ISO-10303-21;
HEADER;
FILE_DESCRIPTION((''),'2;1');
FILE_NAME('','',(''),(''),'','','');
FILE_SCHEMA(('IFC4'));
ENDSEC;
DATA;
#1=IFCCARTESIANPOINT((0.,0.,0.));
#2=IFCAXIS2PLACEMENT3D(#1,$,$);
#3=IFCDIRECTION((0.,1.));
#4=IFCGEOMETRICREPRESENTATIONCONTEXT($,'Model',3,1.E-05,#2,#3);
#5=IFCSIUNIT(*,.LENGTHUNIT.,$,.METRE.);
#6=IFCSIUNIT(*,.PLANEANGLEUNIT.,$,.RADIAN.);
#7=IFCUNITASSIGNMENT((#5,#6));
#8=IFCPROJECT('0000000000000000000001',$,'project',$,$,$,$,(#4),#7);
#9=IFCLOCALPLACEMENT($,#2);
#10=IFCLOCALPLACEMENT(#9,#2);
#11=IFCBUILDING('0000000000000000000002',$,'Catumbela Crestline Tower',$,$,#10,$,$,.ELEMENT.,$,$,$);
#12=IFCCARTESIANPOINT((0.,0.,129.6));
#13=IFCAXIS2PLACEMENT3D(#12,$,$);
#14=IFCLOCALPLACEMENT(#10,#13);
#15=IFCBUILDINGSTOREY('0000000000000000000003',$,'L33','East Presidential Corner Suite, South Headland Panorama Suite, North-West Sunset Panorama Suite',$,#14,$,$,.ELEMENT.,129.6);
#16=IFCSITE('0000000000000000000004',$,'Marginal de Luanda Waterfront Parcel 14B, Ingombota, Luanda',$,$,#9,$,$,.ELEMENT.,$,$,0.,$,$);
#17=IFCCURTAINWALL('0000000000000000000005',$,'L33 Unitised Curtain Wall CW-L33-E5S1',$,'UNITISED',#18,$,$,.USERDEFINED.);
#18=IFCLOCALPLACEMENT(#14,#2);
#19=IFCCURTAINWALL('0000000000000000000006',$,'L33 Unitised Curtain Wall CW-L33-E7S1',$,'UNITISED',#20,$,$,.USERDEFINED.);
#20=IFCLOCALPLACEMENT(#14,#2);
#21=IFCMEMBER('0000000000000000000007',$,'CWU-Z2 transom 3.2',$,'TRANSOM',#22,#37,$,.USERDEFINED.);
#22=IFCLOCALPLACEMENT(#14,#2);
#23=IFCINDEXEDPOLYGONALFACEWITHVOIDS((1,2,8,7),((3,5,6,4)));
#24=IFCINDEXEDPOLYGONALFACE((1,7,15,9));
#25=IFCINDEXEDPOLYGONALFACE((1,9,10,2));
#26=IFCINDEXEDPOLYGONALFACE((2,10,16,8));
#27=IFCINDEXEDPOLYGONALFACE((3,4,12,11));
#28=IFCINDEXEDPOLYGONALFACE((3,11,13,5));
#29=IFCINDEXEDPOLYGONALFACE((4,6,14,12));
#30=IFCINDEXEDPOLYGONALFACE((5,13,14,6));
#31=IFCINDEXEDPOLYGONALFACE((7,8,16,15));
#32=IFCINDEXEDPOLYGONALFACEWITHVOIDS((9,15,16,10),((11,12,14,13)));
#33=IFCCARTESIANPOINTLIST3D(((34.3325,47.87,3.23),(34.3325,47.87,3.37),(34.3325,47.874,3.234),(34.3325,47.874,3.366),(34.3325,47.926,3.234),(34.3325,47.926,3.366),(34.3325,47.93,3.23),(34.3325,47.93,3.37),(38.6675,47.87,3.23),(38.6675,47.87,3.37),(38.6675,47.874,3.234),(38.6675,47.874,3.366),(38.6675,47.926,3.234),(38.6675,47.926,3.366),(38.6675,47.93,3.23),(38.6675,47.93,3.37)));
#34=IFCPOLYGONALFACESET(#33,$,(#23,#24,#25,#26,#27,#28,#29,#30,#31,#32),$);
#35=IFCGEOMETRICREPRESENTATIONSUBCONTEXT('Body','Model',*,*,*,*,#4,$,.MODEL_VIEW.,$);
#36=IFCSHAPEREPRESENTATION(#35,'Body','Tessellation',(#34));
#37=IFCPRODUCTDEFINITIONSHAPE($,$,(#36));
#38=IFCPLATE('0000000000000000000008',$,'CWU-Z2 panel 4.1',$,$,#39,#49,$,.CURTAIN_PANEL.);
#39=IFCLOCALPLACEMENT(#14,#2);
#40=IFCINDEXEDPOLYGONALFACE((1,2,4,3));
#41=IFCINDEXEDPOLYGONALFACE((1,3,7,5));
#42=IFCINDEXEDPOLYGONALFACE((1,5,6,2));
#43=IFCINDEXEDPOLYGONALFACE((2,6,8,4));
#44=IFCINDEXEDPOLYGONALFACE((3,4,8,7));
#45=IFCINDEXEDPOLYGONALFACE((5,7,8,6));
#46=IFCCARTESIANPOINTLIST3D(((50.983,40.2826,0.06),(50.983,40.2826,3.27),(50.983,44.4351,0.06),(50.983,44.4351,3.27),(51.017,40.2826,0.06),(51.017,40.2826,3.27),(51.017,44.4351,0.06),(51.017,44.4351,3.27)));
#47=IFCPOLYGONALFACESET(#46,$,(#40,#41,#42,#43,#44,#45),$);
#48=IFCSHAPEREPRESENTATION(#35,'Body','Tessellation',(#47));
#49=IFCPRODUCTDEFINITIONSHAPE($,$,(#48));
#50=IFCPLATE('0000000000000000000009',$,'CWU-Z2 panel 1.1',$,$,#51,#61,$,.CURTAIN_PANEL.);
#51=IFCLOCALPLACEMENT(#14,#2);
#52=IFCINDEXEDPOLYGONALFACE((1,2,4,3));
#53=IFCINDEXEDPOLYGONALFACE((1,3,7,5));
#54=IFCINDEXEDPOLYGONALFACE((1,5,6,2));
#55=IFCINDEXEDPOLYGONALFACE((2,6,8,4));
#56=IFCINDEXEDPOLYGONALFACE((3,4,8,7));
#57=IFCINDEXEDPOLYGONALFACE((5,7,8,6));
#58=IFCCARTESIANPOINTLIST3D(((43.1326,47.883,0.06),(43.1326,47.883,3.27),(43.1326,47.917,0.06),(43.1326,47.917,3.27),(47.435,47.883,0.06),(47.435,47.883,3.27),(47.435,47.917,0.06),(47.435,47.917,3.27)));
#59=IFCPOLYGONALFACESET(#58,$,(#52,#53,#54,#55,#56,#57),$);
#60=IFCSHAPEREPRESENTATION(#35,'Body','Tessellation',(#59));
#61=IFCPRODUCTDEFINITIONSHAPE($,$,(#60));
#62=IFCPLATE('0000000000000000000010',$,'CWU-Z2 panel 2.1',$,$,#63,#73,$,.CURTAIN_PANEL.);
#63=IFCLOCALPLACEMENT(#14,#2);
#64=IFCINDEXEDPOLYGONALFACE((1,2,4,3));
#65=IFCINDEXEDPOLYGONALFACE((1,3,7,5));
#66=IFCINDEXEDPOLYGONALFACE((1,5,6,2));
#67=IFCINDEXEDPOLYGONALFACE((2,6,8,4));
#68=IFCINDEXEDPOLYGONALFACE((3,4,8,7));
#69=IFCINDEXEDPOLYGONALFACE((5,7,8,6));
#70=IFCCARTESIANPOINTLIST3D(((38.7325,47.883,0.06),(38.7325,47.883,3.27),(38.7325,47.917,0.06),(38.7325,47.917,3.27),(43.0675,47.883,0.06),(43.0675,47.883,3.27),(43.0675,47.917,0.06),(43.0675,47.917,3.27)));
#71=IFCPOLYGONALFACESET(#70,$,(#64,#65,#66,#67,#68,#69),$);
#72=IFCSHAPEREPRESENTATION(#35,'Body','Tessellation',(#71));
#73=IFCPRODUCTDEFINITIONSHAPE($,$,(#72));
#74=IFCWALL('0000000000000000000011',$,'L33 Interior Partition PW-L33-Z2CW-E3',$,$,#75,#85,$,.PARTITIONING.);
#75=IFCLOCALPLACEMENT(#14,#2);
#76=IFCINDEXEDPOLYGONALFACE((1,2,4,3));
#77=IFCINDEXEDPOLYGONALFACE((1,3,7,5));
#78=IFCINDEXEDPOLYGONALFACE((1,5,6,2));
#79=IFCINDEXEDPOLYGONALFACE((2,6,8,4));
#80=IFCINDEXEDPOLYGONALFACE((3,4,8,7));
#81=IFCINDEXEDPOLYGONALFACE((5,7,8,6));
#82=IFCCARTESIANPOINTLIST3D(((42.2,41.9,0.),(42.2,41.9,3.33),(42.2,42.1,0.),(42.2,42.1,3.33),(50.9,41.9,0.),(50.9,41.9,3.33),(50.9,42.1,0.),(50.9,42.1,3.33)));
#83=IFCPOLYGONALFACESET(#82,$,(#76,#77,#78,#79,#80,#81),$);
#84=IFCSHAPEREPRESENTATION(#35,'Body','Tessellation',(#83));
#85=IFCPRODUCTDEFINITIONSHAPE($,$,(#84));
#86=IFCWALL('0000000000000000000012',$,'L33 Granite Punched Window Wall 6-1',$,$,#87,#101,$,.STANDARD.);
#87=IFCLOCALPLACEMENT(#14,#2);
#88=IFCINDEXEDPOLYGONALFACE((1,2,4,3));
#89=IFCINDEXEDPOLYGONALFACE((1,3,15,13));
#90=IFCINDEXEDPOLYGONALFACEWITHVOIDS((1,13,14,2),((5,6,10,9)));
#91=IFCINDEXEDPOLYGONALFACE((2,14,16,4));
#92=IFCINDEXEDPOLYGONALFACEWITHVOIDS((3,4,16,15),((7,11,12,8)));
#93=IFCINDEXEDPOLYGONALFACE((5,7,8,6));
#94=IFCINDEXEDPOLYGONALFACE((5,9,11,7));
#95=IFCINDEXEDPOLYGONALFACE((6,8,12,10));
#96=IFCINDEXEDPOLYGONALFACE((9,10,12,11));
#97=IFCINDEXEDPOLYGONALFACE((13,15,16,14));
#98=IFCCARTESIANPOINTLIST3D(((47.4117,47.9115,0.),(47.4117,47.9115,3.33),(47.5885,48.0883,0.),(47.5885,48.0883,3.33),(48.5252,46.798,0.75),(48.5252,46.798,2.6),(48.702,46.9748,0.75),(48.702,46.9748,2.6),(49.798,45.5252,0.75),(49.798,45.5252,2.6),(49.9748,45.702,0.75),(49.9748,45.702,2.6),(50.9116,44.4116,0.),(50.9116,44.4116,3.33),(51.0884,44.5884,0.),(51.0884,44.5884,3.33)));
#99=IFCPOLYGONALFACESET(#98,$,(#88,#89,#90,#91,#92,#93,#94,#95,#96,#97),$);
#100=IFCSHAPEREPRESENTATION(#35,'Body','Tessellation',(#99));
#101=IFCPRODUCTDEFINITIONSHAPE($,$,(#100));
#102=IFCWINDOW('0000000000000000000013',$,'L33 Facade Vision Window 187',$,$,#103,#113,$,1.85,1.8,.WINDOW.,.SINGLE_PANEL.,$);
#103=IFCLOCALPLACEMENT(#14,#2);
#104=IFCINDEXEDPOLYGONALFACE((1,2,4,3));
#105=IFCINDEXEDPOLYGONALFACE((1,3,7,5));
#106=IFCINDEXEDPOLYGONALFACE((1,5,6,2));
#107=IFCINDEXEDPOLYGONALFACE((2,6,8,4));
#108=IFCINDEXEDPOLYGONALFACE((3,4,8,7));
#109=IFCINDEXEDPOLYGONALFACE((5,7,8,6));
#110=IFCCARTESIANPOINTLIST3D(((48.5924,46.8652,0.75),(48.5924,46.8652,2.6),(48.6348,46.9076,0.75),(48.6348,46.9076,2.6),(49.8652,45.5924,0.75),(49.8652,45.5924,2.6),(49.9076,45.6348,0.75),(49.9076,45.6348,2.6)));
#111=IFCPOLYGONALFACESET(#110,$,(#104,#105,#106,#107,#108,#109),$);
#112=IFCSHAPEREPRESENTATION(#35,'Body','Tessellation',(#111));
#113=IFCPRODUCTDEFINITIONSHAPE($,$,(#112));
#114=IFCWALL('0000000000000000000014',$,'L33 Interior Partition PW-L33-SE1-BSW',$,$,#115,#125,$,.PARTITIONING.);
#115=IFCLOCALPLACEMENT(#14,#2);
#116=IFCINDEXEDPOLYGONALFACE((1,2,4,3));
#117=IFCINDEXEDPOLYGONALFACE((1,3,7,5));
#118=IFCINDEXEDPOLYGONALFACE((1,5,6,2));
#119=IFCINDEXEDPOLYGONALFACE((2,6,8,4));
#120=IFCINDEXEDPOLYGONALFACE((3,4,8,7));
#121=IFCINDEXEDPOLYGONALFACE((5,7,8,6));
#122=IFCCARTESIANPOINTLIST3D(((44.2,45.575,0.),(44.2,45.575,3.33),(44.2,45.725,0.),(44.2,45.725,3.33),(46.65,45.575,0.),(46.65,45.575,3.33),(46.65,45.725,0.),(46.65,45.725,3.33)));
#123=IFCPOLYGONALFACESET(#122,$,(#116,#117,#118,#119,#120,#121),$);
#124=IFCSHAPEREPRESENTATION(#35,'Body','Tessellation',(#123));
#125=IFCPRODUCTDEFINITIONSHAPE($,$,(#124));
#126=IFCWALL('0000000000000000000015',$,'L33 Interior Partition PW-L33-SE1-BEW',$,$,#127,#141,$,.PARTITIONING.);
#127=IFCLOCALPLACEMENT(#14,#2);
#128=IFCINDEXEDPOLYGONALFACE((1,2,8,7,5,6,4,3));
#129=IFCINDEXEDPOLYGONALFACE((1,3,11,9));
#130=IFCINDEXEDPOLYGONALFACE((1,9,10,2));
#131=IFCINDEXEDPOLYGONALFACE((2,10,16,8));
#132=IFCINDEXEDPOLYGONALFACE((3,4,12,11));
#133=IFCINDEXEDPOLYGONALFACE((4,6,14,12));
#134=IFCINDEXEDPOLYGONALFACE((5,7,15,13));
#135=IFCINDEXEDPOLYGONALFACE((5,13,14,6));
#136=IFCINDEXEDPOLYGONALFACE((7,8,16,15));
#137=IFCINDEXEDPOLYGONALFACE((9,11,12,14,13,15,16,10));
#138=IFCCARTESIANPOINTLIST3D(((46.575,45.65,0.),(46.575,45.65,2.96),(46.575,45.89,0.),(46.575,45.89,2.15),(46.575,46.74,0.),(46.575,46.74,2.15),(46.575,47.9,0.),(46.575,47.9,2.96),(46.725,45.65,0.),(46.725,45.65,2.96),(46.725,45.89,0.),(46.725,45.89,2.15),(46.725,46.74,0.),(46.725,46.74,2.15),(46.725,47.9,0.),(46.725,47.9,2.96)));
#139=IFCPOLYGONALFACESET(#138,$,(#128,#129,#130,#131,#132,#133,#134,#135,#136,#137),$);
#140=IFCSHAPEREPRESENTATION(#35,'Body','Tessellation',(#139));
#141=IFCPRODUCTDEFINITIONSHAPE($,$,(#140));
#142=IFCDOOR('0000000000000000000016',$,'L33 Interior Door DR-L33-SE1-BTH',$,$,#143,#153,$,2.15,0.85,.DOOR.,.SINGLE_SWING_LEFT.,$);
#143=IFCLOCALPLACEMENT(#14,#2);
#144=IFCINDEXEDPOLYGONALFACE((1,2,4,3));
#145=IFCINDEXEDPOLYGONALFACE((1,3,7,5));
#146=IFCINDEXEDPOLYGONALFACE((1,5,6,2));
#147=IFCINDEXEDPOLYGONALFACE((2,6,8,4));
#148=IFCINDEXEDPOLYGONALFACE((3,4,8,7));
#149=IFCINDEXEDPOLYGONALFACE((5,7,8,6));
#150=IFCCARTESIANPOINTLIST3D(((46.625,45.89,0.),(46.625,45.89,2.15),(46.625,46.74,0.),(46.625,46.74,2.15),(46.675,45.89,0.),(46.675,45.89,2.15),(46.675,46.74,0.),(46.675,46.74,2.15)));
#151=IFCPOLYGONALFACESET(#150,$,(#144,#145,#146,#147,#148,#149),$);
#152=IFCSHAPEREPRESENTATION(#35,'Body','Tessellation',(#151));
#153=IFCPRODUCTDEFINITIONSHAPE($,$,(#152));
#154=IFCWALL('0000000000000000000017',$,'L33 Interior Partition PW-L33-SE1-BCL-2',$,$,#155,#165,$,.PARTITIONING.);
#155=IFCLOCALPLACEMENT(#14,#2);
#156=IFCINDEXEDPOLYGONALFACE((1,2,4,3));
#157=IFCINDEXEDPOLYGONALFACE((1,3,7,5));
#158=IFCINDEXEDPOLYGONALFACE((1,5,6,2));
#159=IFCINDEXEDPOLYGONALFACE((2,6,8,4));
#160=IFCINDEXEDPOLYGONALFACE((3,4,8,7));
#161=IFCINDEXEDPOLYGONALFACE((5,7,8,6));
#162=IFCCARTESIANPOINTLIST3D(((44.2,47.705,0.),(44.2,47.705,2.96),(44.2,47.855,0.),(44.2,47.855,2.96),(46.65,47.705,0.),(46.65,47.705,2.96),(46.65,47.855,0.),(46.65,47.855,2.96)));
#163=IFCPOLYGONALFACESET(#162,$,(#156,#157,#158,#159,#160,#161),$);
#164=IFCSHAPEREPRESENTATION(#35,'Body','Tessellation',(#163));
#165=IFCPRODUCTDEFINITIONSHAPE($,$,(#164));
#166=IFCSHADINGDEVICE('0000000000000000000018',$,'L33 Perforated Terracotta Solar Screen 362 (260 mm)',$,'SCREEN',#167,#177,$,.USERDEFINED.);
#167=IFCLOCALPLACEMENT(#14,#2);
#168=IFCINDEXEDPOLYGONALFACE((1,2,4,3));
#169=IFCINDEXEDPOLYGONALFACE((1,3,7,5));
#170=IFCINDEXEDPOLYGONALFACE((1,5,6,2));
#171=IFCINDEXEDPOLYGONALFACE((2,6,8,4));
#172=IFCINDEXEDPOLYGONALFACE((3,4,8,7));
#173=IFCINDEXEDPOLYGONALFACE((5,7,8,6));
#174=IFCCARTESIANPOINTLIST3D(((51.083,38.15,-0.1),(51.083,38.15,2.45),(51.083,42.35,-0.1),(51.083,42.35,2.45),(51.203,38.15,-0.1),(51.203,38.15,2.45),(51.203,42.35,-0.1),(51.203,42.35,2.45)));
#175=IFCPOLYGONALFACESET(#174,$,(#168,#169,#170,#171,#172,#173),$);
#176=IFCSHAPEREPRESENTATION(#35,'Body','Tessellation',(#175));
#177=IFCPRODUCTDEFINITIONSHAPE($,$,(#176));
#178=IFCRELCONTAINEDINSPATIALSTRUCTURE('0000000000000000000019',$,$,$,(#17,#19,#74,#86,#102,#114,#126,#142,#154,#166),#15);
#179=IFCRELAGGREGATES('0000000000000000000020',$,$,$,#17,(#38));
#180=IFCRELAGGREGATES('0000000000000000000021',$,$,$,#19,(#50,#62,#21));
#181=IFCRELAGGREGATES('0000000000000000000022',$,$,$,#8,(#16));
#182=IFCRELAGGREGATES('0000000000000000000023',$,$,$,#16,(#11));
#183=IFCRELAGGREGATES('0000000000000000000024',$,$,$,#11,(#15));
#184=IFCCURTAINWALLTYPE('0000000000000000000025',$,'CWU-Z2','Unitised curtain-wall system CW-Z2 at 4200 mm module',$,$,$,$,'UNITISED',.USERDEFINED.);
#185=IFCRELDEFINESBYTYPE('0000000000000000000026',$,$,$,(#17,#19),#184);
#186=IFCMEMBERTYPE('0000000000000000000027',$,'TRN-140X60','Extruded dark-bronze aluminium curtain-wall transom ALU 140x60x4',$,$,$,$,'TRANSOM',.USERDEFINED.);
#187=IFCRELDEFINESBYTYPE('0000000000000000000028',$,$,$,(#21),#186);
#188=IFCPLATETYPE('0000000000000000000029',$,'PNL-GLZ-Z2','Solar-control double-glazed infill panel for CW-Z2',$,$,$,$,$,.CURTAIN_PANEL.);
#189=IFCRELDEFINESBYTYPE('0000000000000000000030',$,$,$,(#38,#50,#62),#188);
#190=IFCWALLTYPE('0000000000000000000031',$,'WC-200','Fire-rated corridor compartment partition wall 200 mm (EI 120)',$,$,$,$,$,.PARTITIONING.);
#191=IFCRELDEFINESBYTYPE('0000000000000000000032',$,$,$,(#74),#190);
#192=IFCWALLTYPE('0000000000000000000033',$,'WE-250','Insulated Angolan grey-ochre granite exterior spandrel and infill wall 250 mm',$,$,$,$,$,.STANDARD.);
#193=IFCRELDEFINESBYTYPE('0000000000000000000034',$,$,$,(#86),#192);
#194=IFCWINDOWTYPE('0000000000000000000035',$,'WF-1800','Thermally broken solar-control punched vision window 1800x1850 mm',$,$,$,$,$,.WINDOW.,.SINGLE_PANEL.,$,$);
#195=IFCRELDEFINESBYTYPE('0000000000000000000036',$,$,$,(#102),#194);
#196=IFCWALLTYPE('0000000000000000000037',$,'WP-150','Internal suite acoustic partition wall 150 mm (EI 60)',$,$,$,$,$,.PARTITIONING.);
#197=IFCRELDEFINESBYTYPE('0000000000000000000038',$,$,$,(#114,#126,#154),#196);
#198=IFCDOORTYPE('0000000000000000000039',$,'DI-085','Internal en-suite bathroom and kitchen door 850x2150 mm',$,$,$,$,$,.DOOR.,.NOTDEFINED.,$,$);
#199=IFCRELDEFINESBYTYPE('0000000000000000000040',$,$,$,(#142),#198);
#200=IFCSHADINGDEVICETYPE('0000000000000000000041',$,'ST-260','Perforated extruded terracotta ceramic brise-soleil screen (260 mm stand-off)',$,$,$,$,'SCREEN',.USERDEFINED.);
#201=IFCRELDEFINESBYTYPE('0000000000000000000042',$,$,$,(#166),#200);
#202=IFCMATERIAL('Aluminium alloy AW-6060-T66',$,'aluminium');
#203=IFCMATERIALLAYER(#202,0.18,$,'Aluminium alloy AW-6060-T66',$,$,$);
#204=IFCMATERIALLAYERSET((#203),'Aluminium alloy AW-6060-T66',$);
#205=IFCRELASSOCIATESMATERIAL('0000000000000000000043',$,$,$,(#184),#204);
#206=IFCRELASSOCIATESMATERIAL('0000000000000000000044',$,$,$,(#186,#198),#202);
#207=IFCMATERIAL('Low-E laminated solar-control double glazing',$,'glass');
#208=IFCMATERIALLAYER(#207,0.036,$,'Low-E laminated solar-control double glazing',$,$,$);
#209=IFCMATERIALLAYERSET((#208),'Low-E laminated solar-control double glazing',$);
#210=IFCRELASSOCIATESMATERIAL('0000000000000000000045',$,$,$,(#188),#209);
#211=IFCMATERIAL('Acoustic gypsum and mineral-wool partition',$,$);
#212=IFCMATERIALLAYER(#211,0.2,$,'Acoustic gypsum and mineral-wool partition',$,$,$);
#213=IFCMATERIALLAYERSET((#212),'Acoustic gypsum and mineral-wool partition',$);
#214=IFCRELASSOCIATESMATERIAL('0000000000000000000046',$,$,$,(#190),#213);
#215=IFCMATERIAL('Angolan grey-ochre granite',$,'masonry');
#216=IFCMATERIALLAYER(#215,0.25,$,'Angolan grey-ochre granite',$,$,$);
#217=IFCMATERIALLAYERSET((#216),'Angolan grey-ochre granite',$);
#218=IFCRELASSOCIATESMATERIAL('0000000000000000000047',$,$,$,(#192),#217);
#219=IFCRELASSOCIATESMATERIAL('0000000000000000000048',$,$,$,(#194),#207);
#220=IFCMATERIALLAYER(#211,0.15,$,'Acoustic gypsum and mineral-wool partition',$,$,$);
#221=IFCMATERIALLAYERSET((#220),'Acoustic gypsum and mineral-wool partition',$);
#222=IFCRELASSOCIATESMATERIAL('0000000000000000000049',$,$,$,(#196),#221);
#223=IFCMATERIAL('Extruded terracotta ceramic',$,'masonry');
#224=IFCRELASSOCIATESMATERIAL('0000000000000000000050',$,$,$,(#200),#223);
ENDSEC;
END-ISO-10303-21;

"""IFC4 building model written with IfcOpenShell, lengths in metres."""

from ifc_helpers import new_model, si_unit, direction, frame, frame_2d, origin, origin_2d, place, context, subcontext, project, spatial, rectangle, hollow_rectangle, extrude, material, layer, layer_set, material_profile, profile_set, type_object, element, fill, aggregate, save


model = new_model("IFC4")

# Units and contexts
model_context = context("Model", 3, precision=1e-05, world=origin(), true_north=direction((0.0, 1.0)))
body_context = subcontext(model_context, "Body", "Model", "MODEL_VIEW")
ifc_project = project(units=[si_unit("LENGTHUNIT", "METRE"), si_unit("PLANEANGLEUNIT", "RADIAN")], contexts=[model_context])

# Site, building, storey
site_placement = place(None, origin())
site = spatial("IfcSite", under=ifc_project, at=site_placement, Name="Marginal de Luanda Waterfront Parcel 14B, Ingombota, Luanda", CompositionType="ELEMENT", RefElevation=0.0)
building_placement = place(site_placement, origin())
building = spatial("IfcBuilding", under=site, at=building_placement, Name="Catumbela Crestline Tower", CompositionType="ELEMENT")
storey_placement = place(building_placement, frame((0.0, 0.0, 129.6)))
storey = spatial("IfcBuildingStorey", under=building, at=storey_placement, Name="L33", Description="East Presidential Corner Suite, South Headland Panorama Suite, North-West Sunset Panorama Suite", CompositionType="ELEMENT", Elevation=129.6)

# Curtain walls
ifc_material_1 = material(Name="Aluminium alloy AW-6060-T66", Category="aluminium")
ifc_layer_1 = layer(ifc_material_1, 0.18, Name="Aluminium alloy AW-6060-T66")
ifc_layer_set_1 = layer_set([ifc_layer_1], Name="Aluminium alloy AW-6060-T66")
curtain_wall_type = type_object("IfcCurtainWallType", Name="CWU-Z2", Description="Unitised curtain-wall system CW-Z2 at 4200 mm module", ElementType="UNITISED", PredefinedType="USERDEFINED", material=ifc_layer_set_1)
curtain_wall_1_placement = place(storey_placement, origin())
curtain_wall_1 = element("IfcCurtainWall", 1, at=curtain_wall_1_placement, inside=storey, type_object=curtain_wall_type, Name="L33 Unitised Curtain Wall CW-L33-E5S1", ObjectType="UNITISED", PredefinedType="USERDEFINED")
curtain_wall_2_placement = place(storey_placement, origin())
curtain_wall_2 = element("IfcCurtainWall", 2, at=curtain_wall_2_placement, inside=storey, type_object=curtain_wall_type, Name="L33 Unitised Curtain Wall CW-L33-E7S1", ObjectType="UNITISED", PredefinedType="USERDEFINED")

# Member
ifc_material_profile_1 = material_profile(ifc_material_1, hollow_rectangle(XDim=0.06, YDim=0.14, WallThickness=0.004, at=origin_2d()), Name="ALU 140x60x4")
ifc_profile_set_1 = profile_set([ifc_material_profile_1], Name="Aluminium alloy AW-6060-T66")
member_type_1 = type_object("IfcMemberType", Name="TRN-140X60", Description="Extruded dark-bronze aluminium curtain-wall transom ALU 140x60x4", ElementType="TRANSOM", PredefinedType="USERDEFINED", material=ifc_profile_set_1)
member_1_placement = place(storey_placement, frame((38.6675, 47.9, 3.3), z_axis=(-1.0, 0.0, 0.0), x_axis=(0.0, -1.0, 0.0)))
member_1 = element("IfcMember", 3, at=member_1_placement, type_object=member_type_1, Name="CWU-Z2 transom 3.2", ObjectType="TRANSOM", PredefinedType="USERDEFINED", context=body_context, shape_type="SweptSolid", body=[
    extrude(hollow_rectangle(XDim=0.06, YDim=0.14, WallThickness=0.004, at=origin_2d()), origin(), (0.0, 0.0, 1.0), 4.335),
])

# Plates
ifc_material_2 = material(Name="Low-E laminated solar-control double glazing", Category="glass")
ifc_layer_2 = layer(ifc_material_2, 0.036, Name="Low-E laminated solar-control double glazing")
ifc_layer_set_2 = layer_set([ifc_layer_2], Name="Low-E laminated solar-control double glazing")
plate_type = type_object("IfcPlateType", Name="PNL-GLZ-Z2", Description="Solar-control double-glazed infill panel for CW-Z2", PredefinedType="CURTAIN_PANEL", material=ifc_layer_set_2)
plate_1_placement = place(storey_placement, frame((51.0, 42.3588, 0.06), z_axis=(0.0, 0.0, 1.0), x_axis=(0.0, 1.0, 0.0)))
plate_1 = element("IfcPlate", 4, at=plate_1_placement, type_object=plate_type, Name="CWU-Z2 panel 4.1", PredefinedType="CURTAIN_PANEL", context=body_context, shape_type="SweptSolid", body=[
    extrude(rectangle(XDim=4.1525, YDim=0.034, at=origin_2d()), origin(), (0.0, 0.0, 1.0), 3.21),
])
aggregate(curtain_wall_1, [plate_1])
plate_2_placement = place(storey_placement, frame((45.2838, 47.9, 0.06), z_axis=(0.0, 0.0, 1.0), x_axis=(-1.0, 0.0, 0.0)))
plate_2 = element("IfcPlate", 5, at=plate_2_placement, type_object=plate_type, Name="CWU-Z2 panel 1.1", PredefinedType="CURTAIN_PANEL", context=body_context, shape_type="SweptSolid", body=[
    extrude(rectangle(XDim=4.3025, YDim=0.034, at=origin_2d()), origin(), (0.0, 0.0, 1.0), 3.21),
])
plate_3_placement = place(storey_placement, frame((40.9, 47.9, 0.06), z_axis=(0.0, 0.0, 1.0), x_axis=(-1.0, 0.0, 0.0)))
plate_3 = element("IfcPlate", 6, at=plate_3_placement, type_object=plate_type, Name="CWU-Z2 panel 2.1", PredefinedType="CURTAIN_PANEL", context=body_context, shape_type="SweptSolid", body=[
    extrude(rectangle(XDim=4.335, YDim=0.034, at=origin_2d()), origin(), (0.0, 0.0, 1.0), 3.21),
])
aggregate(curtain_wall_2, [plate_2, plate_3, member_1])

# Wall
ifc_material_3 = material(Name="Acoustic gypsum and mineral-wool partition")
ifc_layer_3 = layer(ifc_material_3, 0.2, Name="Acoustic gypsum and mineral-wool partition")
ifc_layer_set_3 = layer_set([ifc_layer_3], Name="Acoustic gypsum and mineral-wool partition")
wall_type_1 = type_object("IfcWallType", Name="WC-200", Description="Fire-rated corridor compartment partition wall 200 mm (EI 120)", PredefinedType="PARTITIONING", material=ifc_layer_set_3)
wall_1_placement = place(storey_placement, frame((42.2, 42.0, 0.0), z_axis=(0.0, 0.0, 1.0), x_axis=(1.0, 0.0, 0.0)))
element("IfcWall", 7, at=wall_1_placement, inside=storey, type_object=wall_type_1, Name="L33 Interior Partition PW-L33-Z2CW-E3", PredefinedType="PARTITIONING", context=body_context, shape_type="SweptSolid", body=[
    extrude(rectangle(XDim=8.7, YDim=0.2, at=frame_2d((4.35, 0.0))), origin(), (0.0, 0.0, 1.0), 3.33),
])

# Wall, opening, window
ifc_material_4 = material(Name="Angolan grey-ochre granite", Category="masonry")
ifc_layer_4 = layer(ifc_material_4, 0.25, Name="Angolan grey-ochre granite")
ifc_layer_set_4 = layer_set([ifc_layer_4], Name="Angolan grey-ochre granite")
wall_type_2 = type_object("IfcWallType", Name="WE-250", Description="Insulated Angolan grey-ochre granite exterior spandrel and infill wall 250 mm", PredefinedType="STANDARD", material=ifc_layer_set_4)
wall_2_placement = place(storey_placement, frame((51.0, 44.5, 0.0), z_axis=(0.0, 0.0, 1.0), x_axis=(-0.707107, 0.707107, 0.0)))
wall_2 = element("IfcWall", 8, at=wall_2_placement, inside=storey, type_object=wall_type_2, Name="L33 Granite Punched Window Wall 6-1", PredefinedType="STANDARD", context=body_context, shape_type="SweptSolid", body=[
    extrude(rectangle(XDim=4.9497, YDim=0.25, at=frame_2d((2.4748, 0.0))), origin(), (0.0, 0.0, 1.0), 3.33),
])
opening_1_placement = place(wall_2_placement, frame((1.5749, 0.0, 0.75)))
opening_1 = element("IfcOpeningElement", 9, at=opening_1_placement, cuts=wall_2, PredefinedType="OPENING", context=body_context, shape_type="SweptSolid", body=[
    extrude(rectangle(XDim=1.8, YDim=1.85, at=frame_2d((0.9, 0.925))), frame((0.0, 0.135, 0.0), z_axis=(0.0, -1.0, 0.0), x_axis=(1.0, 0.0, 0.0)), (0.0, 0.0, 1.0), 0.27),
])
window_type = type_object("IfcWindowType", Name="WF-1800", Description="Thermally broken solar-control punched vision window 1800x1850 mm", PartitioningType="SINGLE_PANEL", PredefinedType="WINDOW", material=ifc_material_2)
window_placement = place(opening_1_placement, origin())
window = element("IfcWindow", 10, at=window_placement, inside=storey, type_object=window_type, Name="L33 Facade Vision Window 187", OverallHeight=1.85, OverallWidth=1.8, PartitioningType="SINGLE_PANEL", PredefinedType="WINDOW", context=body_context, shape_type="SweptSolid", body=[
    extrude(rectangle(XDim=1.8, YDim=1.85, at=frame_2d((0.9, 0.925))), frame((0.0, 0.03, 0.0), z_axis=(0.0, -1.0, 0.0), x_axis=(1.0, 0.0, 0.0)), (0.0, 0.0, 1.0), 0.06),
])
fill(opening_1, window)

# Wall
ifc_layer_5 = layer(ifc_material_3, 0.15, Name="Acoustic gypsum and mineral-wool partition")
ifc_layer_set_5 = layer_set([ifc_layer_5], Name="Acoustic gypsum and mineral-wool partition")
wall_type_3 = type_object("IfcWallType", Name="WP-150", Description="Internal suite acoustic partition wall 150 mm (EI 60)", PredefinedType="PARTITIONING", material=ifc_layer_set_5)
wall_3_placement = place(storey_placement, frame((44.2, 45.65, 0.0), z_axis=(0.0, 0.0, 1.0), x_axis=(1.0, 0.0, 0.0)))
element("IfcWall", 11, at=wall_3_placement, inside=storey, type_object=wall_type_3, Name="L33 Interior Partition PW-L33-SE1-BSW", PredefinedType="PARTITIONING", context=body_context, shape_type="SweptSolid", body=[
    extrude(rectangle(XDim=2.45, YDim=0.15, at=frame_2d((1.225, 0.0))), origin(), (0.0, 0.0, 1.0), 3.33),
])

# Wall, opening, door
wall_4_placement = place(storey_placement, frame((46.65, 45.65, 0.0), z_axis=(0.0, 0.0, 1.0), x_axis=(0.0, 1.0, 0.0)))
wall_4 = element("IfcWall", 12, at=wall_4_placement, inside=storey, type_object=wall_type_3, Name="L33 Interior Partition PW-L33-SE1-BEW", PredefinedType="PARTITIONING", context=body_context, shape_type="SweptSolid", body=[
    extrude(rectangle(XDim=2.25, YDim=0.15, at=frame_2d((1.125, 0.0))), origin(), (0.0, 0.0, 1.0), 2.96),
])
opening_2_placement = place(wall_4_placement, frame((0.24, 0.0, 0.0)))
opening_2 = element("IfcOpeningElement", 13, at=opening_2_placement, cuts=wall_4, PredefinedType="OPENING", context=body_context, shape_type="SweptSolid", body=[
    extrude(rectangle(XDim=0.85, YDim=2.15, at=frame_2d((0.425, 1.075))), frame((0.0, 0.085, 0.0), z_axis=(0.0, -1.0, 0.0), x_axis=(1.0, 0.0, 0.0)), (0.0, 0.0, 1.0), 0.17),
])
door_type = type_object("IfcDoorType", Name="DI-085", Description="Internal en-suite bathroom and kitchen door 850x2150 mm", OperationType="NOTDEFINED", PredefinedType="DOOR", material=ifc_material_1)
door_placement = place(opening_2_placement, origin())
door = element("IfcDoor", 14, at=door_placement, inside=storey, type_object=door_type, Name="L33 Interior Door DR-L33-SE1-BTH", OperationType="SINGLE_SWING_LEFT", OverallHeight=2.15, OverallWidth=0.85, PredefinedType="DOOR", context=body_context, shape_type="SweptSolid", body=[
    extrude(rectangle(XDim=0.85, YDim=2.15, at=frame_2d((0.425, 1.075))), frame((0.0, 0.025, 0.0), z_axis=(0.0, -1.0, 0.0), x_axis=(1.0, 0.0, 0.0)), (0.0, 0.0, 1.0), 0.05),
])
fill(opening_2, door)

# Wall
wall_5_placement = place(storey_placement, frame((44.2, 47.78, 0.0), z_axis=(0.0, 0.0, 1.0), x_axis=(1.0, 0.0, 0.0)))
element("IfcWall", 15, at=wall_5_placement, inside=storey, type_object=wall_type_3, Name="L33 Interior Partition PW-L33-SE1-BCL-2", PredefinedType="PARTITIONING", context=body_context, shape_type="SweptSolid", body=[
    extrude(rectangle(XDim=2.45, YDim=0.15, at=frame_2d((1.225, 0.0))), origin(), (0.0, 0.0, 1.0), 2.96),
])

# Shading device
ifc_material_5 = material(Name="Extruded terracotta ceramic", Category="masonry")
shading_device_type = type_object("IfcShadingDeviceType", Name="ST-260", Description="Perforated extruded terracotta ceramic brise-soleil screen (260 mm stand-off)", ElementType="SCREEN", PredefinedType="USERDEFINED", material=ifc_material_5)
shading_device_placement = place(storey_placement, frame((51.143, 40.25, -0.1), z_axis=(0.0, 0.0, 1.0), x_axis=(0.0, 1.0, 0.0)))
element("IfcShadingDevice", 16, at=shading_device_placement, inside=storey, type_object=shading_device_type, Name="L33 Perforated Terracotta Solar Screen 362 (260 mm)", ObjectType="SCREEN", PredefinedType="USERDEFINED", context=body_context, shape_type="SweptSolid", body=[
    extrude(rectangle(XDim=4.2, YDim=0.12, at=origin_2d()), origin(), (0.0, 0.0, 1.0), 2.55),
])

save(model, "model.ifc")
